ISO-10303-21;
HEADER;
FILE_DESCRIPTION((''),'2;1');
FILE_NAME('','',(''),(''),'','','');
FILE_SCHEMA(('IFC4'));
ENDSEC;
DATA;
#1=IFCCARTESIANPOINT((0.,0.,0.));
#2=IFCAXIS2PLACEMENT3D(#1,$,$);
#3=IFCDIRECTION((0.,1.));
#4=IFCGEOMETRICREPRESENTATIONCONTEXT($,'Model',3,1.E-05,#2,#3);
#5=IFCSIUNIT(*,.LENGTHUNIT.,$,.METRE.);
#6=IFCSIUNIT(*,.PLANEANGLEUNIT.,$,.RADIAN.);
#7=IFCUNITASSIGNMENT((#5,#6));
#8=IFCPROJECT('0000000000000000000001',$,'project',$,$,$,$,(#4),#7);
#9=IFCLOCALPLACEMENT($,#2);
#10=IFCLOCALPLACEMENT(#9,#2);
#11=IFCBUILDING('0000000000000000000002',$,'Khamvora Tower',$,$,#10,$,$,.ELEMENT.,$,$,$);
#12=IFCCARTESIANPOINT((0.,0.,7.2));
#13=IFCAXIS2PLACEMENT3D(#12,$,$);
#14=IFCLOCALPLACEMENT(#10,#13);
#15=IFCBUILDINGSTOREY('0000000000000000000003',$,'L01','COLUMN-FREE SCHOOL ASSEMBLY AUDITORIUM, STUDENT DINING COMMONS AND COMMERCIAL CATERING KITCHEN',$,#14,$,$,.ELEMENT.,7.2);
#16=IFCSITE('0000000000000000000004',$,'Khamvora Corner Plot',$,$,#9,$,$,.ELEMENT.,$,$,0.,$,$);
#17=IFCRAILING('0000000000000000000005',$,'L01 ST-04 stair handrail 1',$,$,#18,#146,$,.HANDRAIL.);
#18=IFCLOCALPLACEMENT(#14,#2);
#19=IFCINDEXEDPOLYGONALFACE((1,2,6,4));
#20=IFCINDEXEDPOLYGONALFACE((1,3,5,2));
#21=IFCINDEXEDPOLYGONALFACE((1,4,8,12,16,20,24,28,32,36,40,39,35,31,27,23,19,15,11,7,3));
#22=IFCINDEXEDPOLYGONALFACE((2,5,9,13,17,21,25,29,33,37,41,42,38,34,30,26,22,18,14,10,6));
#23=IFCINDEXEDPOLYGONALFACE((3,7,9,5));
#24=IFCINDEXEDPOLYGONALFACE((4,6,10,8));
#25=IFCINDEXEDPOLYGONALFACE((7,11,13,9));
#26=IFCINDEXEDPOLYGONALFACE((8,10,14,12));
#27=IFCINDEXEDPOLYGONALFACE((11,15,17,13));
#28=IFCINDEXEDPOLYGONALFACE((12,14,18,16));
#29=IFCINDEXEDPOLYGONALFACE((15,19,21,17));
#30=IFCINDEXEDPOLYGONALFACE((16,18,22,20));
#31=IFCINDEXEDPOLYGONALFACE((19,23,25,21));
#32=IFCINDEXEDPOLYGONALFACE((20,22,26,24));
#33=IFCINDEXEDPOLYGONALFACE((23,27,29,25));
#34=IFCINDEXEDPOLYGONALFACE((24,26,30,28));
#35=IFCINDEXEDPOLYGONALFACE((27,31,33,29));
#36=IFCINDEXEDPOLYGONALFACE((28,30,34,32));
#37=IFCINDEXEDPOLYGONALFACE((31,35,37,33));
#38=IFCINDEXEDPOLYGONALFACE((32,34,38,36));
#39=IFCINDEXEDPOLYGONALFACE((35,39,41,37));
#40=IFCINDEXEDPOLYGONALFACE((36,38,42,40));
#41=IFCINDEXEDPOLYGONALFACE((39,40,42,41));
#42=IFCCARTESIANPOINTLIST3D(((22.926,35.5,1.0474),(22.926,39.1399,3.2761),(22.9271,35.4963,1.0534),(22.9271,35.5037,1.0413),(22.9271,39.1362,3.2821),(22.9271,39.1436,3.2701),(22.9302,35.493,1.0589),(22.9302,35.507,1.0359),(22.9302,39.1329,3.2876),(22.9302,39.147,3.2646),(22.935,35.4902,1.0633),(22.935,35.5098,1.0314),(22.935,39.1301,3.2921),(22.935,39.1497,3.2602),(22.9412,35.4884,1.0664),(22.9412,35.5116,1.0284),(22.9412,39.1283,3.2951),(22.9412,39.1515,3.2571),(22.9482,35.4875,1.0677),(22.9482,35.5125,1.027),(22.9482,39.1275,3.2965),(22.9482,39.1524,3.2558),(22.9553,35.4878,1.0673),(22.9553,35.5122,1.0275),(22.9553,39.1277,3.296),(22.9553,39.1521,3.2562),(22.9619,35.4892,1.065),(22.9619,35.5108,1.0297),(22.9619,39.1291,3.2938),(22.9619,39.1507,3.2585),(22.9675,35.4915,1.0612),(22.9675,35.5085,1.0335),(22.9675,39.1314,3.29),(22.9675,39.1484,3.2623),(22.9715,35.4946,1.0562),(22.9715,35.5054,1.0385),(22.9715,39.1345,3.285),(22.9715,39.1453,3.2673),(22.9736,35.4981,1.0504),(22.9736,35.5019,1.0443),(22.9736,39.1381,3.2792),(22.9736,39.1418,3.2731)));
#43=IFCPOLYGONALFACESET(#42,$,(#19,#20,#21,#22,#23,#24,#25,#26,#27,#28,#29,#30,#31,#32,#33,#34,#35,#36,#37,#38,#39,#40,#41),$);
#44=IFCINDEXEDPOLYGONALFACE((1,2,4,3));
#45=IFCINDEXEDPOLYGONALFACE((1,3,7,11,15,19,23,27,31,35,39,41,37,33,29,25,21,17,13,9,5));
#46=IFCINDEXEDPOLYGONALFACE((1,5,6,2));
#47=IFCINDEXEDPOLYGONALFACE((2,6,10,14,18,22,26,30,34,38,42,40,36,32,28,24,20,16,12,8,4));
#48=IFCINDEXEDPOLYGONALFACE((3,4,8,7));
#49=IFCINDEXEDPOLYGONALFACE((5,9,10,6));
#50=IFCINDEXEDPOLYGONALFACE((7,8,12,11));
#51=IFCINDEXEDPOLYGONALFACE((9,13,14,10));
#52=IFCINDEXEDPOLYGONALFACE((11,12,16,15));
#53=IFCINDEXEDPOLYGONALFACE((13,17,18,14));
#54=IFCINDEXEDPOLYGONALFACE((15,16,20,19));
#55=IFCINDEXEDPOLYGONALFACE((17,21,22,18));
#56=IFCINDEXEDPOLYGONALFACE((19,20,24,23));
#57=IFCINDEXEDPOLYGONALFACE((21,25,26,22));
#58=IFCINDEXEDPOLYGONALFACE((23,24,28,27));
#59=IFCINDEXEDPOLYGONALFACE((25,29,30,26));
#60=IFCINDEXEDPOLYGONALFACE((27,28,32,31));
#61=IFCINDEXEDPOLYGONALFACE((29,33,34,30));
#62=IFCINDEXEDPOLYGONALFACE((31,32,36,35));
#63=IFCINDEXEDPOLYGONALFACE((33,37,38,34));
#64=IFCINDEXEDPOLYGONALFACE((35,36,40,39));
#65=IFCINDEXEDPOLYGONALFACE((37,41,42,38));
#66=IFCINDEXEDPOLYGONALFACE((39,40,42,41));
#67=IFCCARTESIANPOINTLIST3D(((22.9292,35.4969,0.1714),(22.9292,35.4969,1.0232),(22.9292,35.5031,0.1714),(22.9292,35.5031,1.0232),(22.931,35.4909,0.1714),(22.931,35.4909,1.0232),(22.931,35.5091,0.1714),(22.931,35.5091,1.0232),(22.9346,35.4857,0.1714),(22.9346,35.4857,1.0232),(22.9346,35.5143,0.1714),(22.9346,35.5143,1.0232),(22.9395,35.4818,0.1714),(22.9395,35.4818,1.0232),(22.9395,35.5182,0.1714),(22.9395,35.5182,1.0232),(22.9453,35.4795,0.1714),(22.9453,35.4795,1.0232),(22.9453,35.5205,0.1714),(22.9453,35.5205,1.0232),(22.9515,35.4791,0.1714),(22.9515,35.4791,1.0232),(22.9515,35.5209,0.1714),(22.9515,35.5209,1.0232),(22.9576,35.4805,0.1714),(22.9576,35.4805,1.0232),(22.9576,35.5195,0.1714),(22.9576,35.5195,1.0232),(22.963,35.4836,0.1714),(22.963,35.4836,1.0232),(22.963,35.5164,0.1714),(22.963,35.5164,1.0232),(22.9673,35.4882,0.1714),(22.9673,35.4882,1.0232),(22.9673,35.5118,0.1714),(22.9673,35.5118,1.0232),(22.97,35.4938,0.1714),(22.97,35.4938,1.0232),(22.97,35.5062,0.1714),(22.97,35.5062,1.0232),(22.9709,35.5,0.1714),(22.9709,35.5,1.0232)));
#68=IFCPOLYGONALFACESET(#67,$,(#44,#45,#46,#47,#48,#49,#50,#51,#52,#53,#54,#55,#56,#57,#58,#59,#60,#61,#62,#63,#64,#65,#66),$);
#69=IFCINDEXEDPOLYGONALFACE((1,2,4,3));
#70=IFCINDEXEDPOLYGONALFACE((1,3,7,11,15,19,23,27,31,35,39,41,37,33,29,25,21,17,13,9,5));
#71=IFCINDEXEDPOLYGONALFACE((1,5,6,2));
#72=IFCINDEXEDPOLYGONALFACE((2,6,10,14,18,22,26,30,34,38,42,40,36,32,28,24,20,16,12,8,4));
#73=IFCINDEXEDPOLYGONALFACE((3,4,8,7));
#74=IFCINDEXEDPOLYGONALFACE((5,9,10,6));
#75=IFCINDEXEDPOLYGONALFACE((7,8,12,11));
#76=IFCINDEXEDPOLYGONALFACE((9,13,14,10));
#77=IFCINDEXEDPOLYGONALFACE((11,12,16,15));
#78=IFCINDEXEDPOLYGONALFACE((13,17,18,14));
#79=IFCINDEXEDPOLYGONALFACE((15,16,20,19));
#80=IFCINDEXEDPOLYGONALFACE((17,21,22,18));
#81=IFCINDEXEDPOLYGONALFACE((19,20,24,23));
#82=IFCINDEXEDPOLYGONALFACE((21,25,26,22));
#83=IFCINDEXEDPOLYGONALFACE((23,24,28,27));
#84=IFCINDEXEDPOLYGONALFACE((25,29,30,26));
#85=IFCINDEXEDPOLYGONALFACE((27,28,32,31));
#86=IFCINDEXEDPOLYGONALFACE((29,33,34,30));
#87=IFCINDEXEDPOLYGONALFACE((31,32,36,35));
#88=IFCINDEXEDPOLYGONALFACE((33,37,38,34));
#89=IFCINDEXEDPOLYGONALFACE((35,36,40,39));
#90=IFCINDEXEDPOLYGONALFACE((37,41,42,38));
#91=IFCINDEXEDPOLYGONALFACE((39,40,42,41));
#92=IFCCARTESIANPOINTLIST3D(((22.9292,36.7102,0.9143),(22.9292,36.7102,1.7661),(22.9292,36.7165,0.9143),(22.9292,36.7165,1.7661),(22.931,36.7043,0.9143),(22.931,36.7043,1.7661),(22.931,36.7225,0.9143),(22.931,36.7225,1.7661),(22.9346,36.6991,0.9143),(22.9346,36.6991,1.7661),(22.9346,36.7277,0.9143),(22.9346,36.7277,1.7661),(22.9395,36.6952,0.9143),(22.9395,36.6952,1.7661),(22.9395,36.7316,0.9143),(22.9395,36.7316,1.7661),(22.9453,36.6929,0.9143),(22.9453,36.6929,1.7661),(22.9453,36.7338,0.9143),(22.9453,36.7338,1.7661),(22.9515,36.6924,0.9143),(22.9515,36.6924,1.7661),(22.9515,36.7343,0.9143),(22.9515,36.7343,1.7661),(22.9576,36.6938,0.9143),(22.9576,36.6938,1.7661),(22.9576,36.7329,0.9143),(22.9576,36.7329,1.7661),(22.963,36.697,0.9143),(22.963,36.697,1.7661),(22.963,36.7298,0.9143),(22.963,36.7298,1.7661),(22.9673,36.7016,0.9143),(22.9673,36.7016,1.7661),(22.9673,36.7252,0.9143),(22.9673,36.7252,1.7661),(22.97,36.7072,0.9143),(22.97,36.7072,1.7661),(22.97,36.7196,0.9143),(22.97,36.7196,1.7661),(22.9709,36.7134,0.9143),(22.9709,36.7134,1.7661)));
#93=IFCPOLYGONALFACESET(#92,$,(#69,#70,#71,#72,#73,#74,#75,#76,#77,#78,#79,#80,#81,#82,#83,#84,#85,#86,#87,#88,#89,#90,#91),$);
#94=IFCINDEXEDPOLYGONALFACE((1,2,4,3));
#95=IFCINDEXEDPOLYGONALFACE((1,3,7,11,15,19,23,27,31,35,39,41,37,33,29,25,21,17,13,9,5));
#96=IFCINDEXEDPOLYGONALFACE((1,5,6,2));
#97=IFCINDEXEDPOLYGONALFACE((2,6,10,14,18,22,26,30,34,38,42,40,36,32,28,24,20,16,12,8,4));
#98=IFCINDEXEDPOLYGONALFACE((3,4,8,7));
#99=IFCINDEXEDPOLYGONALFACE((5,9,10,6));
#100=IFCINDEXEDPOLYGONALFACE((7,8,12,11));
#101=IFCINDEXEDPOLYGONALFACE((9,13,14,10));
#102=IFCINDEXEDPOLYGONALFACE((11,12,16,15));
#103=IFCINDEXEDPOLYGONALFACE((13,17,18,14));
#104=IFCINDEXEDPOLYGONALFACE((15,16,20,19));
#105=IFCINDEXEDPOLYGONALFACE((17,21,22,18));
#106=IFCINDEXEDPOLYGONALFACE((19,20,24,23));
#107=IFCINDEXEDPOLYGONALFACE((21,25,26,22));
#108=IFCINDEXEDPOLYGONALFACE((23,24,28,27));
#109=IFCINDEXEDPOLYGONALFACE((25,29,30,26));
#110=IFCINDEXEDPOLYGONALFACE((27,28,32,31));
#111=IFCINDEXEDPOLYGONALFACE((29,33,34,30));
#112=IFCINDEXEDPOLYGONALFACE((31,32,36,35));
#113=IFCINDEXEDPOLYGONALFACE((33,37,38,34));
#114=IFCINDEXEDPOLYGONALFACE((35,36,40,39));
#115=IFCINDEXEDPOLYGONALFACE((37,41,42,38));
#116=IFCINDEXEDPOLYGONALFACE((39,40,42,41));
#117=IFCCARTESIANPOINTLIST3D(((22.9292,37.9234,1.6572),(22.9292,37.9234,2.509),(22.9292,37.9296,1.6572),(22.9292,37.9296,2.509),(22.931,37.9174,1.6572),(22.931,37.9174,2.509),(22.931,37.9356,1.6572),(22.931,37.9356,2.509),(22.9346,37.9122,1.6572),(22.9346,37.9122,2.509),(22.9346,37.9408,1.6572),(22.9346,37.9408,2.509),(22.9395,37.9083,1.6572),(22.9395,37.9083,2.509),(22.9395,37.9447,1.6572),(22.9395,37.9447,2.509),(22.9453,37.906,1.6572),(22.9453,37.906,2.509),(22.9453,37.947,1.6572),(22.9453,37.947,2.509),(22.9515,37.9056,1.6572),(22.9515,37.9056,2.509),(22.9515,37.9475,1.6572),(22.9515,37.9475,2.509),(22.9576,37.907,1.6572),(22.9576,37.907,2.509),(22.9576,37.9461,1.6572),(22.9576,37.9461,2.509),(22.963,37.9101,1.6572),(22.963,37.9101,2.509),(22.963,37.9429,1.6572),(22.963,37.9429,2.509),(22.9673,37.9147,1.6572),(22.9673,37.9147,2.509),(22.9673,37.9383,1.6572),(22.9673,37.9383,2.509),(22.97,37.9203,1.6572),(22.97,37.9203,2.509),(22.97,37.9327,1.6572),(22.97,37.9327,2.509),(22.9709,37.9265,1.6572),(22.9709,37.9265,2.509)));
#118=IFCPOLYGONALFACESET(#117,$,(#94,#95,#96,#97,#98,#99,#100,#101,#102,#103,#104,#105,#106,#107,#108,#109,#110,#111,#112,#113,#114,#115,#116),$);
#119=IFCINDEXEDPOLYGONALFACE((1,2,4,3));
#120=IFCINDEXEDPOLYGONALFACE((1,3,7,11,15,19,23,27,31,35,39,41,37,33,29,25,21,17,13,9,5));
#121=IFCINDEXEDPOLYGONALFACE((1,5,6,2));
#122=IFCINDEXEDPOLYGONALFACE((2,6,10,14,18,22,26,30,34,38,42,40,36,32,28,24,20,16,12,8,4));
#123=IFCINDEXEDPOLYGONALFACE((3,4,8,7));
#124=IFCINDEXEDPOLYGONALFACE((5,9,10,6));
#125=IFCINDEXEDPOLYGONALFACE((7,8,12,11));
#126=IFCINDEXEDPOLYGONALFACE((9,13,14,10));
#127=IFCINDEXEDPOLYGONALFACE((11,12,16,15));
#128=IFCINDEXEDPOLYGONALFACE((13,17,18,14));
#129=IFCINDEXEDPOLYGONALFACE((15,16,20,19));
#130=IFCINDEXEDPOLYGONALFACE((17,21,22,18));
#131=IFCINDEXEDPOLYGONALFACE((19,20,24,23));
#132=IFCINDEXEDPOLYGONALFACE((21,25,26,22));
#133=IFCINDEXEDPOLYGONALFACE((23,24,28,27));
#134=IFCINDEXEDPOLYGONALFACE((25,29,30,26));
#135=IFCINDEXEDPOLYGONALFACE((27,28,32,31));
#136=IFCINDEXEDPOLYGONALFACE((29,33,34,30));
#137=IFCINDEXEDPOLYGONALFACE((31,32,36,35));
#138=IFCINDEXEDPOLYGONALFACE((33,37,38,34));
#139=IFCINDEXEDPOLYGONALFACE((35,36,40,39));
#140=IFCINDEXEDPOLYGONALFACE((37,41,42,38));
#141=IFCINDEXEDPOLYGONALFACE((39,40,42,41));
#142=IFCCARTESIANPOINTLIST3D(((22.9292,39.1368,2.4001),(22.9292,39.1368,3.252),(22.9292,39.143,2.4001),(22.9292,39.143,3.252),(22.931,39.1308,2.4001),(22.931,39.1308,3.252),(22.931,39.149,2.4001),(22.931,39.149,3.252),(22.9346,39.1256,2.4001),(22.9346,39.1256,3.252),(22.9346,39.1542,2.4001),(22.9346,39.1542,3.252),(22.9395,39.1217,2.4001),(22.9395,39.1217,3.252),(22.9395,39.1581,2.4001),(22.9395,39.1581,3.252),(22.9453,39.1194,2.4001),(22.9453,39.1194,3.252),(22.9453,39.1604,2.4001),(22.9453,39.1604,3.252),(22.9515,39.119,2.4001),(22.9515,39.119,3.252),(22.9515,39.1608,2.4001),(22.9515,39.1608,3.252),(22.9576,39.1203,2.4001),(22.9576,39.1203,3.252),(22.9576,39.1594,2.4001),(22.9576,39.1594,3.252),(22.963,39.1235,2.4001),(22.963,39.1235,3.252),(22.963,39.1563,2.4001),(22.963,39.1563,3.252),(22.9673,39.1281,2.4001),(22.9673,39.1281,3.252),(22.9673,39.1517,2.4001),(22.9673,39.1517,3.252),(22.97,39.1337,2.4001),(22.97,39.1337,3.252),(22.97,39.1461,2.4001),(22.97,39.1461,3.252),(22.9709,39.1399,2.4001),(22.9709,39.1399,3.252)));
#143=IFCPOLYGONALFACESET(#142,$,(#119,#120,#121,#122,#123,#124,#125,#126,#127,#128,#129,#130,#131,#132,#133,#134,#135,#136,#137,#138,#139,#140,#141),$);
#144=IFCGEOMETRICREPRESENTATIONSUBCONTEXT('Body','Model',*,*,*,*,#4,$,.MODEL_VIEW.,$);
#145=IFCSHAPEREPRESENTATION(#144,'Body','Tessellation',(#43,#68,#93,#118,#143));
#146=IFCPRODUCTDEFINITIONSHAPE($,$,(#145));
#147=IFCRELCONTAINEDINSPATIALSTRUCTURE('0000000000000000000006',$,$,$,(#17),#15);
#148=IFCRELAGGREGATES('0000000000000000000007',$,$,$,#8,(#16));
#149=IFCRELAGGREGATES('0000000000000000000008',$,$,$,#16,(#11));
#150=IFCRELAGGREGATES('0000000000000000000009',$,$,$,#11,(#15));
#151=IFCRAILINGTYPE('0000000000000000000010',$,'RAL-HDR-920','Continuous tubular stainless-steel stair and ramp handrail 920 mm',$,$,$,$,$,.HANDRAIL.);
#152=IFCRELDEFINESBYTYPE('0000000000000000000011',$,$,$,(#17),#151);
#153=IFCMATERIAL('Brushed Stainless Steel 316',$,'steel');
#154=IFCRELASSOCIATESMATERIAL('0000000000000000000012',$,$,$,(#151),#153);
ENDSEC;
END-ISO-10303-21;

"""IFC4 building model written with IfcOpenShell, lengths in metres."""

from ifc_helpers import new_model, si_unit, direction, frame, origin, origin_2d, place, context, subcontext, project, spatial, circle, extrude, material, type_object, element, save


model = new_model("IFC4")

# Units and contexts
model_context = context("Model", 3, precision=1e-05, world=origin(), true_north=direction((0.0, 1.0)))
body_context = subcontext(model_context, "Body", "Model", "MODEL_VIEW")
ifc_project = project(units=[si_unit("LENGTHUNIT", "METRE"), si_unit("PLANEANGLEUNIT", "RADIAN")], contexts=[model_context])

# Site, building, storey
site_placement = place(None, origin())
site = spatial("IfcSite", under=ifc_project, at=site_placement, Name="Khamvora Corner Plot", CompositionType="ELEMENT", RefElevation=0.0)
building_placement = place(site_placement, origin())
building = spatial("IfcBuilding", under=site, at=building_placement, Name="Khamvora Tower", CompositionType="ELEMENT")
storey_placement = place(building_placement, frame((0.0, 0.0, 7.2)))
storey = spatial("IfcBuildingStorey", under=building, at=storey_placement, Name="L01", Description="COLUMN-FREE SCHOOL ASSEMBLY AUDITORIUM, STUDENT DINING COMMONS AND COMMERCIAL CATERING KITCHEN", CompositionType="ELEMENT", Elevation=7.2)

# Railing
ifc_material_1 = material(Name="Brushed Stainless Steel 316", Category="steel")
railing_type_1 = type_object("IfcRailingType", Name="RAL-HDR-920", Description="Continuous tubular stainless-steel stair and ramp handrail 920 mm", PredefinedType="HANDRAIL", material=ifc_material_1)
railing_1_placement = place(storey_placement, frame((22.95, 35.5, 0.1714)))
element("IfcRailing", 1, at=railing_1_placement, inside=storey, type_object=railing_type_1, Name="L01 ST-04 stair handrail 1", PredefinedType="HANDRAIL", context=body_context, shape_type="SweptSolid", body=[
    extrude(circle(Radius=0.0239, at=origin_2d()), frame((0.0, 0.0, 0.876), z_axis=(0.0, 0.852825, 0.522197), x_axis=(-1.0, 0.0, 0.0)), (0.0, 0.0, 1.0), 4.2681),
    extrude(circle(Radius=0.021, at=origin_2d()), origin(), (0.0, 0.0, 1.0), 0.8518),
    extrude(circle(Radius=0.021, at=origin_2d()), frame((0.0, 1.2134, 0.7429)), (0.0, 0.0, 1.0), 0.8518),
    extrude(circle(Radius=0.021, at=origin_2d()), frame((0.0, 2.4265, 1.4858)), (0.0, 0.0, 1.0), 0.8518),
    extrude(circle(Radius=0.021, at=origin_2d()), frame((0.0, 3.6399, 2.2288)), (0.0, 0.0, 1.0), 0.8518),
])

save(model, "model.ifc")
